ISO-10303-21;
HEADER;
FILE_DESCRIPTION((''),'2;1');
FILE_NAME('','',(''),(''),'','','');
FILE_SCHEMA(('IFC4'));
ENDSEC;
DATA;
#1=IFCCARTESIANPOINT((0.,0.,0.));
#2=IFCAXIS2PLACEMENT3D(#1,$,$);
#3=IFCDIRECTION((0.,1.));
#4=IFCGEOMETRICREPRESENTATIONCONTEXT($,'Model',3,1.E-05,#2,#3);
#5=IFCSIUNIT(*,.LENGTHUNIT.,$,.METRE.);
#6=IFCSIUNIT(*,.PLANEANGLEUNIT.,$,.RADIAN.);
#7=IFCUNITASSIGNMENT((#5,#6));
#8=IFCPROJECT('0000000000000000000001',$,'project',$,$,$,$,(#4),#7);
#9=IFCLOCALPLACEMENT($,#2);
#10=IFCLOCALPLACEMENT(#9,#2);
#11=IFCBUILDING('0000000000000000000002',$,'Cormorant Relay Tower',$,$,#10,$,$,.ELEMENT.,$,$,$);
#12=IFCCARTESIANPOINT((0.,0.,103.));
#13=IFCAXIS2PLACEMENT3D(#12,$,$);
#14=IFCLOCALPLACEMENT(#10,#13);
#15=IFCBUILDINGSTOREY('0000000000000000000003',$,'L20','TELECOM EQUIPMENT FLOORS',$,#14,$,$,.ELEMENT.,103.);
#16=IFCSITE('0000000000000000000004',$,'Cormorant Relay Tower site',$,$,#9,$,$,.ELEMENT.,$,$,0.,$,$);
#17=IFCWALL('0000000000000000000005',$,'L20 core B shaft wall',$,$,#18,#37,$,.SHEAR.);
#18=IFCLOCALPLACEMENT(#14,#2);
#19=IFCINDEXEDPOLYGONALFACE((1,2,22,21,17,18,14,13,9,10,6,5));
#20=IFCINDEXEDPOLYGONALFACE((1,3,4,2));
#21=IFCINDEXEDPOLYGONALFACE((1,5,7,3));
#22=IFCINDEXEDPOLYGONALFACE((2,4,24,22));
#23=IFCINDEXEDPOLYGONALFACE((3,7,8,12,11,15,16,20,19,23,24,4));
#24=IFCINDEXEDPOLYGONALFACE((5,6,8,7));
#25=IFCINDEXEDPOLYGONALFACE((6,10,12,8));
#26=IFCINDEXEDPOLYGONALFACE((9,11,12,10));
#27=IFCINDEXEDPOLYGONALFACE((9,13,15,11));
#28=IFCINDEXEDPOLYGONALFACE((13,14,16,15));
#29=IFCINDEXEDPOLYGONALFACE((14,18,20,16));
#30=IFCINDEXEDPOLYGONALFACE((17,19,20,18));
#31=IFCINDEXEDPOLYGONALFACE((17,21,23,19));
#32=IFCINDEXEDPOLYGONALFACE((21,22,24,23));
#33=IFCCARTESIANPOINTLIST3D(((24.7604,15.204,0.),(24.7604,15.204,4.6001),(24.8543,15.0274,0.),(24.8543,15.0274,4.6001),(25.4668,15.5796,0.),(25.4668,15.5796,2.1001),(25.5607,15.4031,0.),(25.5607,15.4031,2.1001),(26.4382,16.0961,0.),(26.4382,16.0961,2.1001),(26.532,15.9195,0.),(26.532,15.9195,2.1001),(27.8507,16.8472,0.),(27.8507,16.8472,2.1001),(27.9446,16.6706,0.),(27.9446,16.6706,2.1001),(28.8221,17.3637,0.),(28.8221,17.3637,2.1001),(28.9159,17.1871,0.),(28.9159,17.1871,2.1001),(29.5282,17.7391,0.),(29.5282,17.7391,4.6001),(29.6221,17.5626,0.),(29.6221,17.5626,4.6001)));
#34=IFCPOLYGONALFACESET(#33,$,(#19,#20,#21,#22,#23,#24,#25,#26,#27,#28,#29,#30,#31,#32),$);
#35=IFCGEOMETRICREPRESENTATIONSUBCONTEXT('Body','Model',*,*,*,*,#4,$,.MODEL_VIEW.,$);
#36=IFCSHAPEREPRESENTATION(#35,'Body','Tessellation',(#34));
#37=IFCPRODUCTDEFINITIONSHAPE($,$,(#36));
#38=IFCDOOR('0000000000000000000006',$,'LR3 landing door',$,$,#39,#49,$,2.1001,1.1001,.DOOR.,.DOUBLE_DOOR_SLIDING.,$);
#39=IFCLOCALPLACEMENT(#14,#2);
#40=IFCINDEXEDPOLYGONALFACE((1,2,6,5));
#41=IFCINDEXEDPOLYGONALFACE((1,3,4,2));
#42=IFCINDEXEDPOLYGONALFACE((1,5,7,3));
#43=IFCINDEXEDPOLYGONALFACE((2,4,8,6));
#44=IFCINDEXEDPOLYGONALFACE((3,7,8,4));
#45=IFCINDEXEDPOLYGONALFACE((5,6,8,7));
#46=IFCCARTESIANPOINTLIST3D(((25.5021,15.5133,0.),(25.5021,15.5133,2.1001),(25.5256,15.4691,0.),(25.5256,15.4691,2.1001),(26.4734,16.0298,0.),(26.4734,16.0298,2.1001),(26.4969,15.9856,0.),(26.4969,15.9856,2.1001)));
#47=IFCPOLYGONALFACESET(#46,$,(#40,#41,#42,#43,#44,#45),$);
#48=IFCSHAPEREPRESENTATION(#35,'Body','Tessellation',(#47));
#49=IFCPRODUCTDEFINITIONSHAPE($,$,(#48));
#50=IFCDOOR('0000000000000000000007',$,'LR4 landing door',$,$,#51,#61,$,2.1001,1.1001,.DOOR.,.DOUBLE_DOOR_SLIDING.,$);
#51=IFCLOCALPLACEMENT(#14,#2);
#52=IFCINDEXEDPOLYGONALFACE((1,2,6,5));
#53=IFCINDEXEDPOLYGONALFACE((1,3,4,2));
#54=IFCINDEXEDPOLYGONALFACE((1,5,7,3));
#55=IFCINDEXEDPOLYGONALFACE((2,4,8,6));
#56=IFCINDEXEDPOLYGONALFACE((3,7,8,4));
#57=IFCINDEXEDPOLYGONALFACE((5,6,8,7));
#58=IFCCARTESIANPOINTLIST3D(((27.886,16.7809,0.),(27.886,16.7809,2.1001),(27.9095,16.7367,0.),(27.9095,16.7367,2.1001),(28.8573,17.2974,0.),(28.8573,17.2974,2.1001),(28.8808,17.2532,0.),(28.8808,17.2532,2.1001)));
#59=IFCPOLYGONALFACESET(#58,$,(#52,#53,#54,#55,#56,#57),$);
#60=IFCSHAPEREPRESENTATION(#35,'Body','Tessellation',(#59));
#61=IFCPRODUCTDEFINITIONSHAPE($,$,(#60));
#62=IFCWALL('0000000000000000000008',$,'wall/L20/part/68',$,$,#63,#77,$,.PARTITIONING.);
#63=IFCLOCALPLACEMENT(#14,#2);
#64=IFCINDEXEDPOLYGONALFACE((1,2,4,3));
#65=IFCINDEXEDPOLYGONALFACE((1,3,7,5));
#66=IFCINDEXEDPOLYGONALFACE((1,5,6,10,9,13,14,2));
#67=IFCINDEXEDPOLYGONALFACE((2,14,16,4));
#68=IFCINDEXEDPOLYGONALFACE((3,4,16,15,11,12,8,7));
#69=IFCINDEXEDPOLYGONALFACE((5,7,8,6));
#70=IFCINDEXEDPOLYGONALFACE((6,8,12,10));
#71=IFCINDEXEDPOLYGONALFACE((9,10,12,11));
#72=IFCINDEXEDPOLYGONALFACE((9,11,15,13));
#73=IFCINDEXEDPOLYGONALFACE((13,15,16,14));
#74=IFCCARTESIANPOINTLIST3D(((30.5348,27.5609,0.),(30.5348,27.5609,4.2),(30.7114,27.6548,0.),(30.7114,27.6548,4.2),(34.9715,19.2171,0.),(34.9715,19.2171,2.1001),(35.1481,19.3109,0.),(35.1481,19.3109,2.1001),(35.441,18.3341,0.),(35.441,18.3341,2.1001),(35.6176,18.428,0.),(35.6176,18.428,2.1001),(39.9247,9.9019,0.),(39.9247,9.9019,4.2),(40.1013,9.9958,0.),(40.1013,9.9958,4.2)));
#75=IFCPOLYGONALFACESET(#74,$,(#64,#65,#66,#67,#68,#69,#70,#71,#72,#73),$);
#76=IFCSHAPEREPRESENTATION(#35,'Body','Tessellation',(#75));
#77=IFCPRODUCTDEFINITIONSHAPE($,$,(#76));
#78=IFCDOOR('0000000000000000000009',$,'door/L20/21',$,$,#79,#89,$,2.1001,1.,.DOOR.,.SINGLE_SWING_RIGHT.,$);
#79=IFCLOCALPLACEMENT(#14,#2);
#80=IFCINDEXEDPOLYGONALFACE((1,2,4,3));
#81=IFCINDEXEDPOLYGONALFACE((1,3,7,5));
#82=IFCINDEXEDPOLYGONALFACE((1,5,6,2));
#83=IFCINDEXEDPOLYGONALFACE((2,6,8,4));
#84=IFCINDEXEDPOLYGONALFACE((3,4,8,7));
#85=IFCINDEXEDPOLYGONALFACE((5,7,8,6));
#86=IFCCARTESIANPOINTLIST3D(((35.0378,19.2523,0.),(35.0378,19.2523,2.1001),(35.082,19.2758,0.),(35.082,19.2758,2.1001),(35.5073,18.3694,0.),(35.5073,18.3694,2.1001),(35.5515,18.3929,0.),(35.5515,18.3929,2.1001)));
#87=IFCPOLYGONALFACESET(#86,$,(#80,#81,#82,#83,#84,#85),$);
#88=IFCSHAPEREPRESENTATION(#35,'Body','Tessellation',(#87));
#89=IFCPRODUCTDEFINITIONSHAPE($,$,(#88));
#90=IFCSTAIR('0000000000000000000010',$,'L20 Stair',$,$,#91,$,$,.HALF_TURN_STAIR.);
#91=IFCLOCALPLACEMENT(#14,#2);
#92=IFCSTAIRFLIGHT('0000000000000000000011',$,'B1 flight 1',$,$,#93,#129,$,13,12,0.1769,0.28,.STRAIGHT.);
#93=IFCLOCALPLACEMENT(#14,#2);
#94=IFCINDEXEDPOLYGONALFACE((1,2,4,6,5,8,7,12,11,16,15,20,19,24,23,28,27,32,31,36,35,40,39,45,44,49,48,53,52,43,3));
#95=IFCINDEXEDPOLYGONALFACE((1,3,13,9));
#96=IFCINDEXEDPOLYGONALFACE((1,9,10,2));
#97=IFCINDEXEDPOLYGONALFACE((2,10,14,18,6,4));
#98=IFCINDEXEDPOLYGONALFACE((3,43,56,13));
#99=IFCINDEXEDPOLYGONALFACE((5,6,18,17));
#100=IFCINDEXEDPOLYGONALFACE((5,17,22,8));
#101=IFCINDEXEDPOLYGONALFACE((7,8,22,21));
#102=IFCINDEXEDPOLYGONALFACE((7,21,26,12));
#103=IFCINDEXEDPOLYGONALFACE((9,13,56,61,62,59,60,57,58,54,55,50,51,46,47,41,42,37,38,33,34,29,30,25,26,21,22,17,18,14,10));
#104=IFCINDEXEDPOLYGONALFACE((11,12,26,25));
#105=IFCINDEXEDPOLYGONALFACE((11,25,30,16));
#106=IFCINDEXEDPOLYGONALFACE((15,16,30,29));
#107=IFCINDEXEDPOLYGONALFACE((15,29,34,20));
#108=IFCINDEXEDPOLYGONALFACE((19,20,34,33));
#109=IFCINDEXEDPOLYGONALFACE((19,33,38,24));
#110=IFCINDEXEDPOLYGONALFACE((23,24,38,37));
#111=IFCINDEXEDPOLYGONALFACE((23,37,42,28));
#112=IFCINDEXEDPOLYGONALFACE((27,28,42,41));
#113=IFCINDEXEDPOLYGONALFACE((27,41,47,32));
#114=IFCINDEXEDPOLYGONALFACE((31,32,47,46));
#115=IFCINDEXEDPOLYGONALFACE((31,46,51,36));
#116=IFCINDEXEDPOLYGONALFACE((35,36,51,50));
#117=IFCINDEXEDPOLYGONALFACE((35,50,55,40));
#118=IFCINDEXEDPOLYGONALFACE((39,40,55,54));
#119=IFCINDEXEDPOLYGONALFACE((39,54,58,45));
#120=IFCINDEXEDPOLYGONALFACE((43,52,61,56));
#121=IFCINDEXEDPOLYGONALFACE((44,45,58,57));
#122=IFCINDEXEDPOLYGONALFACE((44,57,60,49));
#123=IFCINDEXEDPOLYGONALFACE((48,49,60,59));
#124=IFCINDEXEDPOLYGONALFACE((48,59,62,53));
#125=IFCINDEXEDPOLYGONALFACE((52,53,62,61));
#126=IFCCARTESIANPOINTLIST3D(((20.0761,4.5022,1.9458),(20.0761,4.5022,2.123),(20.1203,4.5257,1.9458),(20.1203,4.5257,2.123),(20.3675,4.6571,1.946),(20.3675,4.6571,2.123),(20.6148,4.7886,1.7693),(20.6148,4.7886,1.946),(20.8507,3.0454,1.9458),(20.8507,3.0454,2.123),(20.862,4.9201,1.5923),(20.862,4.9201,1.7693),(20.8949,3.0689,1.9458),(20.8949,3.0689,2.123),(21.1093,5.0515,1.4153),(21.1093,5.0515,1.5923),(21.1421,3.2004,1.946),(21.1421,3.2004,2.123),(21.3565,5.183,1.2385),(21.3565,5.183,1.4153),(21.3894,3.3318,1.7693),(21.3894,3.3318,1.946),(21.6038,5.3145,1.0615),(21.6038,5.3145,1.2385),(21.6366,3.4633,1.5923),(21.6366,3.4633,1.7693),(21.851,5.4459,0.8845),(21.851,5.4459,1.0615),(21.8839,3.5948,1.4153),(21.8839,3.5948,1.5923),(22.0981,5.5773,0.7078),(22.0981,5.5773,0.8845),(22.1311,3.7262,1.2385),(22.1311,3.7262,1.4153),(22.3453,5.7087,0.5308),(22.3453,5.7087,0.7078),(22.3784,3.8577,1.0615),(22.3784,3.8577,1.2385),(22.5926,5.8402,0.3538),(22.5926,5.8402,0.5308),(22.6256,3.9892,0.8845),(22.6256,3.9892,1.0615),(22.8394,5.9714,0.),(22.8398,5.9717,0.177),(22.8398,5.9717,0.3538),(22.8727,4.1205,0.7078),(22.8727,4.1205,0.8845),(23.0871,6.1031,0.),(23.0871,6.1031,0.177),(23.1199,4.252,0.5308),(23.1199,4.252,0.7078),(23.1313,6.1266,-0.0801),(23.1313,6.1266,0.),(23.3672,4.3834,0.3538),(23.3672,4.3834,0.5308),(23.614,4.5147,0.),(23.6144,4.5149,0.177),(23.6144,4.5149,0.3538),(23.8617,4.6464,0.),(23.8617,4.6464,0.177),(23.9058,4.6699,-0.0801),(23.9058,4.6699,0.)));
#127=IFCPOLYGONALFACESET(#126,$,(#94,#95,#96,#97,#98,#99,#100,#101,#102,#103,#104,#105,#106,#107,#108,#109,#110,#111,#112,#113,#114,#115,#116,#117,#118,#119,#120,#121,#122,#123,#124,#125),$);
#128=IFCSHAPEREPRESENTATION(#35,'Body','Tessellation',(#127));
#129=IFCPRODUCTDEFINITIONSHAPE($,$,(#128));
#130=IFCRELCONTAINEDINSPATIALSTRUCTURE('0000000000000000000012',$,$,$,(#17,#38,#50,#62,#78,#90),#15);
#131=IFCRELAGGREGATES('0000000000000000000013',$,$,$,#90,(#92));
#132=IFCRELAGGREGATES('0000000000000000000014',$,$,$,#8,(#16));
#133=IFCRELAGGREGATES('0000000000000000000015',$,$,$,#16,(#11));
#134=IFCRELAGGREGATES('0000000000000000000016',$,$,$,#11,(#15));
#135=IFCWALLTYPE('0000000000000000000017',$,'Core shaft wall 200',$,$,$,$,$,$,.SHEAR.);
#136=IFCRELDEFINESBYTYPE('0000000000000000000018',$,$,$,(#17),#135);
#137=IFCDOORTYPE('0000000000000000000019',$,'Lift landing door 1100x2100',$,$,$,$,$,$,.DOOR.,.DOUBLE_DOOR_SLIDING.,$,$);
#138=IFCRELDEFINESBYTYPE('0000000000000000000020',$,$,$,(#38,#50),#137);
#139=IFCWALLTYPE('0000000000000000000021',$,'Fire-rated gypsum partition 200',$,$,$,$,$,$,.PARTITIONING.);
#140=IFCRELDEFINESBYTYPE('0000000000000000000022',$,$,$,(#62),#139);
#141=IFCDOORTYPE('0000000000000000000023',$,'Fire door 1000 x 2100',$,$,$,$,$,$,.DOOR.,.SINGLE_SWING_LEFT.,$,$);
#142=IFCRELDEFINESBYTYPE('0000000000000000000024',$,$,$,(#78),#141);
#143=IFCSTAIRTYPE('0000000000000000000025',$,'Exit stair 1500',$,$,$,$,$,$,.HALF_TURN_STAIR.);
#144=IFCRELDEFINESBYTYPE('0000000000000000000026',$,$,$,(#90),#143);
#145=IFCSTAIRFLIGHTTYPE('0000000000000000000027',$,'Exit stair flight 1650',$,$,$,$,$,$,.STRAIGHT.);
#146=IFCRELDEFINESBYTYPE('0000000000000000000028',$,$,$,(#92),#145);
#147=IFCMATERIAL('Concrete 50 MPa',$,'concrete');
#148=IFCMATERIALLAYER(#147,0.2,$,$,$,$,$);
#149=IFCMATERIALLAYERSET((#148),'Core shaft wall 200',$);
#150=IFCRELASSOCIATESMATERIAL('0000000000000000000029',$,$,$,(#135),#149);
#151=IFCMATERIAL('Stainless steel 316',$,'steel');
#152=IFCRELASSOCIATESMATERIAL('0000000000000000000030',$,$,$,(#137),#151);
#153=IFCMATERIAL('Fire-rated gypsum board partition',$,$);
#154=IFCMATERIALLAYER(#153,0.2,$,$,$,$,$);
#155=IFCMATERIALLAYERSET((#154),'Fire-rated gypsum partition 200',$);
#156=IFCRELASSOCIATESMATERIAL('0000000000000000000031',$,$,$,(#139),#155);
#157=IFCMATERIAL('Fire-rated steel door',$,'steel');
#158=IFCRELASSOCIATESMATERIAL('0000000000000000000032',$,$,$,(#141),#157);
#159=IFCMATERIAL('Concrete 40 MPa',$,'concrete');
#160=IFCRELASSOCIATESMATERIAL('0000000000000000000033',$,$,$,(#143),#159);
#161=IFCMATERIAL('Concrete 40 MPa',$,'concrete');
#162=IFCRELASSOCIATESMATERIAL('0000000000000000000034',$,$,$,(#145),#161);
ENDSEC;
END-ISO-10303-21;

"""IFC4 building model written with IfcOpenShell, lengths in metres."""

from ifc_helpers import new_model, si_unit, direction, frame, frame_2d, origin, place, context, subcontext, project, spatial, polyline, rectangle, outline, extrude, material, layer, layer_set, type_object, element, fill, aggregate, save


model = new_model("IFC4")

# Units and contexts
model_context = context("Model", 3, precision=1e-05, world=origin(), true_north=direction((0.0, 1.0)))
body_context = subcontext(model_context, "Body", "Model", "MODEL_VIEW")
ifc_project = project(units=[si_unit("LENGTHUNIT", "METRE"), si_unit("PLANEANGLEUNIT", "RADIAN")], contexts=[model_context])

# Site, building, storey
site_placement = place(None, origin())
site = spatial("IfcSite", under=ifc_project, at=site_placement, Name="Cormorant Relay Tower site", CompositionType="ELEMENT", RefElevation=0.0)
building_placement = place(site_placement, origin())
building = spatial("IfcBuilding", under=site, at=building_placement, Name="Cormorant Relay Tower", CompositionType="ELEMENT")
storey_placement = place(building_placement, frame((0.0, 0.0, 103.0)))
storey = spatial("IfcBuildingStorey", under=building, at=storey_placement, Name="L20", Description="TELECOM EQUIPMENT FLOORS", CompositionType="ELEMENT", Elevation=103.0)

# Shared definitions
ifc_material_1 = material(Name="Concrete 50 MPa", Category="concrete")
ifc_layer_1 = layer(ifc_material_1, 0.2)
ifc_layer_set_1 = layer_set([ifc_layer_1], Name="Core shaft wall 200")
wall_type_1 = type_object("IfcWallType", Name="Core shaft wall 200", PredefinedType="SHEAR", material=ifc_layer_set_1)

# Wall, openings, doors
wall_1_placement = place(storey_placement, frame((24.8074, 15.1157, 0.0), z_axis=(0.0, 0.0, 1.0), x_axis=(0.882943, 0.46948, 0.0)))
wall_1 = element("IfcWall", 1, at=wall_1_placement, inside=storey, type_object=wall_type_1, Name="L20 core B shaft wall", PredefinedType="SHEAR", context=body_context, shape_type="SweptSolid", body=[
    extrude(rectangle(XDim=5.3999, YDim=0.2, at=frame_2d((2.7, 0.0))), origin(), (0.0, 0.0, 1.0), 4.6001),
])
opening_1_placement = place(wall_1_placement, frame((0.8, 0.0, 0.0)))
opening_1 = element("IfcOpeningElement", 2, at=opening_1_placement, cuts=wall_1, PredefinedType="OPENING", context=body_context, shape_type="SweptSolid", body=[
    extrude(rectangle(XDim=1.1001, YDim=2.1001, at=frame_2d((0.55, 1.05))), frame((0.0, 0.1099, 0.0), z_axis=(0.0, -1.0, 0.0), x_axis=(1.0, 0.0, 0.0)), (0.0, 0.0, 1.0), 0.22),
])
opening_2_placement = place(wall_1_placement, frame((3.5, 0.0, 0.0)))
opening_2 = element("IfcOpeningElement", 3, at=opening_2_placement, cuts=wall_1, PredefinedType="OPENING", context=body_context, shape_type="SweptSolid", body=[
    extrude(rectangle(XDim=1.1001, YDim=2.1001, at=frame_2d((0.55, 1.05))), frame((0.0, 0.1099, 0.0), z_axis=(0.0, -1.0, 0.0), x_axis=(1.0, 0.0, 0.0)), (0.0, 0.0, 1.0), 0.22),
])
ifc_material_2 = material(Name="Stainless steel 316", Category="steel")
door_type_1 = type_object("IfcDoorType", Name="Lift landing door 1100x2100", OperationType="DOUBLE_DOOR_SLIDING", PredefinedType="DOOR", material=ifc_material_2)
door_1_placement = place(opening_1_placement, origin())
door_1 = element("IfcDoor", 4, at=door_1_placement, inside=storey, type_object=door_type_1, Name="LR3 landing door", OperationType="DOUBLE_DOOR_SLIDING", OverallHeight=2.1001, OverallWidth=1.1001, PredefinedType="DOOR", context=body_context, shape_type="SweptSolid", body=[
    extrude(rectangle(XDim=1.1001, YDim=2.1001, at=frame_2d((0.55, 1.05))), frame((0.0, 0.0249, 0.0), z_axis=(0.0, -1.0, 0.0), x_axis=(1.0, 0.0, 0.0)), (0.0, 0.0, 1.0), 0.05),
])
fill(opening_1, door_1)
door_2_placement = place(opening_2_placement, origin())
door_2 = element("IfcDoor", 5, at=door_2_placement, inside=storey, type_object=door_type_1, Name="LR4 landing door", OperationType="DOUBLE_DOOR_SLIDING", OverallHeight=2.1001, OverallWidth=1.1001, PredefinedType="DOOR", context=body_context, shape_type="SweptSolid", body=[
    extrude(rectangle(XDim=1.1001, YDim=2.1001, at=frame_2d((0.55, 1.05))), frame((0.0, 0.0249, 0.0), z_axis=(0.0, -1.0, 0.0), x_axis=(1.0, 0.0, 0.0)), (0.0, 0.0, 1.0), 0.05),
])
fill(opening_2, door_2)

# Wall, opening, door
ifc_material_3 = material(Name="Fire-rated gypsum board partition")
ifc_layer_2 = layer(ifc_material_3, 0.2)
ifc_layer_set_2 = layer_set([ifc_layer_2], Name="Fire-rated gypsum partition 200")
wall_type_2 = type_object("IfcWallType", Name="Fire-rated gypsum partition 200", PredefinedType="PARTITIONING", material=ifc_layer_set_2)
wall_2_placement = place(storey_placement, frame((40.0129, 9.949, 0.0), z_axis=(0.0, 0.0, 1.0), x_axis=(-0.46949, 0.882938, 0.0)))
wall_2 = element("IfcWall", 6, at=wall_2_placement, inside=storey, type_object=wall_type_2, Name="wall/L20/part/68", PredefinedType="PARTITIONING", context=body_context, shape_type="SweptSolid", body=[
    extrude(rectangle(XDim=20.0002, YDim=0.2, at=frame_2d((10.0, 0.0))), origin(), (0.0, 0.0, 1.0), 4.2),
])
opening_3_placement = place(wall_2_placement, frame((9.55, 0.0, 0.0)))
opening_3 = element("IfcOpeningElement", 7, at=opening_3_placement, cuts=wall_2, PredefinedType="OPENING", context=body_context, shape_type="SweptSolid", body=[
    extrude(rectangle(XDim=1.0, YDim=2.1001, at=frame_2d((0.5, 1.05))), frame((0.0, 0.1099, 0.0), z_axis=(0.0, -1.0, 0.0), x_axis=(1.0, 0.0, 0.0)), (0.0, 0.0, 1.0), 0.22),
])
ifc_material_4 = material(Name="Fire-rated steel door", Category="steel")
door_type_2 = type_object("IfcDoorType", Name="Fire door 1000 x 2100", OperationType="SINGLE_SWING_LEFT", PredefinedType="DOOR", material=ifc_material_4)
door_3_placement = place(opening_3_placement, origin())
door_3 = element("IfcDoor", 8, at=door_3_placement, inside=storey, type_object=door_type_2, Name="door/L20/21", OperationType="SINGLE_SWING_RIGHT", OverallHeight=2.1001, OverallWidth=1.0, PredefinedType="DOOR", context=body_context, shape_type="SweptSolid", body=[
    extrude(rectangle(XDim=1.0, YDim=2.1001, at=frame_2d((0.5, 1.05))), frame((0.0, 0.0249, 0.0), z_axis=(0.0, -1.0, 0.0), x_axis=(1.0, 0.0, 0.0)), (0.0, 0.0, 1.0), 0.05),
])
fill(opening_3, door_3)

# Stair, stair flight
ifc_material_5 = material(Name="Concrete 40 MPa", Category="concrete")
stair_type = type_object("IfcStairType", Name="Exit stair 1500", PredefinedType="HALF_TURN_STAIR", material=ifc_material_5)
stair_placement = place(storey_placement, origin())
stair = element("IfcStair", 9, at=stair_placement, inside=storey, type_object=stair_type, Name="L20 Stair", PredefinedType="HALF_TURN_STAIR")
ifc_material_6 = material(Name="Concrete 40 MPa", Category="concrete")
stair_flight_type = type_object("IfcStairFlightType", Name="Exit stair flight 1650", PredefinedType="STRAIGHT", material=ifc_material_6)
stair_flight_placement = place(storey_placement, frame((23.4744, 5.3748, 0.0), z_axis=(0.0, 0.0, 1.0), x_axis=(-0.882948, -0.469472, 0.0)))
stair_flight = element("IfcStairFlight", 10, at=stair_flight_placement, type_object=stair_flight_type, Name="B1 flight 1", NumberOfRisers=13, NumberOfTreads=12, PredefinedType="STRAIGHT", RiserHeight=0.1769, TreadLength=0.28, context=body_context, shape_type="SweptSolid", body=[
    extrude(outline(polyline([(-0.05, -0.0801), (-0.05, 0.0), (0.0, 0.0), (0.0, 0.177), (0.28, 0.177), (0.28, 0.3538), (0.5601, 0.3538), (0.5601, 0.5308), (0.8401, 0.5308), (0.8401, 0.7078), (1.1201, 0.7078), (1.1201, 0.8845), (1.3999, 0.8845), (1.3999, 1.0615), (1.6799, 1.0615), (1.6799, 1.2385), (1.96, 1.2385), (1.96, 1.4153), (2.24, 1.4153), (2.24, 1.5923), (2.52, 1.5923), (2.52, 1.7693), (2.8, 1.7693), (2.8, 1.946), (3.0801, 1.946), (3.0801, 2.123), (3.3601, 2.123), (3.4102, 2.123), (3.4102, 1.9458), (3.3601, 1.9458), (0.2805, 0.0), (-0.05, -0.0801)])), frame((0.0, 0.825, 0.0), z_axis=(0.0, -1.0, 0.0), x_axis=(1.0, 0.0, 0.0)), (0.0, 0.0, 1.0), 1.6499),
])
aggregate(stair, [stair_flight])

save(model, "model.ifc")
